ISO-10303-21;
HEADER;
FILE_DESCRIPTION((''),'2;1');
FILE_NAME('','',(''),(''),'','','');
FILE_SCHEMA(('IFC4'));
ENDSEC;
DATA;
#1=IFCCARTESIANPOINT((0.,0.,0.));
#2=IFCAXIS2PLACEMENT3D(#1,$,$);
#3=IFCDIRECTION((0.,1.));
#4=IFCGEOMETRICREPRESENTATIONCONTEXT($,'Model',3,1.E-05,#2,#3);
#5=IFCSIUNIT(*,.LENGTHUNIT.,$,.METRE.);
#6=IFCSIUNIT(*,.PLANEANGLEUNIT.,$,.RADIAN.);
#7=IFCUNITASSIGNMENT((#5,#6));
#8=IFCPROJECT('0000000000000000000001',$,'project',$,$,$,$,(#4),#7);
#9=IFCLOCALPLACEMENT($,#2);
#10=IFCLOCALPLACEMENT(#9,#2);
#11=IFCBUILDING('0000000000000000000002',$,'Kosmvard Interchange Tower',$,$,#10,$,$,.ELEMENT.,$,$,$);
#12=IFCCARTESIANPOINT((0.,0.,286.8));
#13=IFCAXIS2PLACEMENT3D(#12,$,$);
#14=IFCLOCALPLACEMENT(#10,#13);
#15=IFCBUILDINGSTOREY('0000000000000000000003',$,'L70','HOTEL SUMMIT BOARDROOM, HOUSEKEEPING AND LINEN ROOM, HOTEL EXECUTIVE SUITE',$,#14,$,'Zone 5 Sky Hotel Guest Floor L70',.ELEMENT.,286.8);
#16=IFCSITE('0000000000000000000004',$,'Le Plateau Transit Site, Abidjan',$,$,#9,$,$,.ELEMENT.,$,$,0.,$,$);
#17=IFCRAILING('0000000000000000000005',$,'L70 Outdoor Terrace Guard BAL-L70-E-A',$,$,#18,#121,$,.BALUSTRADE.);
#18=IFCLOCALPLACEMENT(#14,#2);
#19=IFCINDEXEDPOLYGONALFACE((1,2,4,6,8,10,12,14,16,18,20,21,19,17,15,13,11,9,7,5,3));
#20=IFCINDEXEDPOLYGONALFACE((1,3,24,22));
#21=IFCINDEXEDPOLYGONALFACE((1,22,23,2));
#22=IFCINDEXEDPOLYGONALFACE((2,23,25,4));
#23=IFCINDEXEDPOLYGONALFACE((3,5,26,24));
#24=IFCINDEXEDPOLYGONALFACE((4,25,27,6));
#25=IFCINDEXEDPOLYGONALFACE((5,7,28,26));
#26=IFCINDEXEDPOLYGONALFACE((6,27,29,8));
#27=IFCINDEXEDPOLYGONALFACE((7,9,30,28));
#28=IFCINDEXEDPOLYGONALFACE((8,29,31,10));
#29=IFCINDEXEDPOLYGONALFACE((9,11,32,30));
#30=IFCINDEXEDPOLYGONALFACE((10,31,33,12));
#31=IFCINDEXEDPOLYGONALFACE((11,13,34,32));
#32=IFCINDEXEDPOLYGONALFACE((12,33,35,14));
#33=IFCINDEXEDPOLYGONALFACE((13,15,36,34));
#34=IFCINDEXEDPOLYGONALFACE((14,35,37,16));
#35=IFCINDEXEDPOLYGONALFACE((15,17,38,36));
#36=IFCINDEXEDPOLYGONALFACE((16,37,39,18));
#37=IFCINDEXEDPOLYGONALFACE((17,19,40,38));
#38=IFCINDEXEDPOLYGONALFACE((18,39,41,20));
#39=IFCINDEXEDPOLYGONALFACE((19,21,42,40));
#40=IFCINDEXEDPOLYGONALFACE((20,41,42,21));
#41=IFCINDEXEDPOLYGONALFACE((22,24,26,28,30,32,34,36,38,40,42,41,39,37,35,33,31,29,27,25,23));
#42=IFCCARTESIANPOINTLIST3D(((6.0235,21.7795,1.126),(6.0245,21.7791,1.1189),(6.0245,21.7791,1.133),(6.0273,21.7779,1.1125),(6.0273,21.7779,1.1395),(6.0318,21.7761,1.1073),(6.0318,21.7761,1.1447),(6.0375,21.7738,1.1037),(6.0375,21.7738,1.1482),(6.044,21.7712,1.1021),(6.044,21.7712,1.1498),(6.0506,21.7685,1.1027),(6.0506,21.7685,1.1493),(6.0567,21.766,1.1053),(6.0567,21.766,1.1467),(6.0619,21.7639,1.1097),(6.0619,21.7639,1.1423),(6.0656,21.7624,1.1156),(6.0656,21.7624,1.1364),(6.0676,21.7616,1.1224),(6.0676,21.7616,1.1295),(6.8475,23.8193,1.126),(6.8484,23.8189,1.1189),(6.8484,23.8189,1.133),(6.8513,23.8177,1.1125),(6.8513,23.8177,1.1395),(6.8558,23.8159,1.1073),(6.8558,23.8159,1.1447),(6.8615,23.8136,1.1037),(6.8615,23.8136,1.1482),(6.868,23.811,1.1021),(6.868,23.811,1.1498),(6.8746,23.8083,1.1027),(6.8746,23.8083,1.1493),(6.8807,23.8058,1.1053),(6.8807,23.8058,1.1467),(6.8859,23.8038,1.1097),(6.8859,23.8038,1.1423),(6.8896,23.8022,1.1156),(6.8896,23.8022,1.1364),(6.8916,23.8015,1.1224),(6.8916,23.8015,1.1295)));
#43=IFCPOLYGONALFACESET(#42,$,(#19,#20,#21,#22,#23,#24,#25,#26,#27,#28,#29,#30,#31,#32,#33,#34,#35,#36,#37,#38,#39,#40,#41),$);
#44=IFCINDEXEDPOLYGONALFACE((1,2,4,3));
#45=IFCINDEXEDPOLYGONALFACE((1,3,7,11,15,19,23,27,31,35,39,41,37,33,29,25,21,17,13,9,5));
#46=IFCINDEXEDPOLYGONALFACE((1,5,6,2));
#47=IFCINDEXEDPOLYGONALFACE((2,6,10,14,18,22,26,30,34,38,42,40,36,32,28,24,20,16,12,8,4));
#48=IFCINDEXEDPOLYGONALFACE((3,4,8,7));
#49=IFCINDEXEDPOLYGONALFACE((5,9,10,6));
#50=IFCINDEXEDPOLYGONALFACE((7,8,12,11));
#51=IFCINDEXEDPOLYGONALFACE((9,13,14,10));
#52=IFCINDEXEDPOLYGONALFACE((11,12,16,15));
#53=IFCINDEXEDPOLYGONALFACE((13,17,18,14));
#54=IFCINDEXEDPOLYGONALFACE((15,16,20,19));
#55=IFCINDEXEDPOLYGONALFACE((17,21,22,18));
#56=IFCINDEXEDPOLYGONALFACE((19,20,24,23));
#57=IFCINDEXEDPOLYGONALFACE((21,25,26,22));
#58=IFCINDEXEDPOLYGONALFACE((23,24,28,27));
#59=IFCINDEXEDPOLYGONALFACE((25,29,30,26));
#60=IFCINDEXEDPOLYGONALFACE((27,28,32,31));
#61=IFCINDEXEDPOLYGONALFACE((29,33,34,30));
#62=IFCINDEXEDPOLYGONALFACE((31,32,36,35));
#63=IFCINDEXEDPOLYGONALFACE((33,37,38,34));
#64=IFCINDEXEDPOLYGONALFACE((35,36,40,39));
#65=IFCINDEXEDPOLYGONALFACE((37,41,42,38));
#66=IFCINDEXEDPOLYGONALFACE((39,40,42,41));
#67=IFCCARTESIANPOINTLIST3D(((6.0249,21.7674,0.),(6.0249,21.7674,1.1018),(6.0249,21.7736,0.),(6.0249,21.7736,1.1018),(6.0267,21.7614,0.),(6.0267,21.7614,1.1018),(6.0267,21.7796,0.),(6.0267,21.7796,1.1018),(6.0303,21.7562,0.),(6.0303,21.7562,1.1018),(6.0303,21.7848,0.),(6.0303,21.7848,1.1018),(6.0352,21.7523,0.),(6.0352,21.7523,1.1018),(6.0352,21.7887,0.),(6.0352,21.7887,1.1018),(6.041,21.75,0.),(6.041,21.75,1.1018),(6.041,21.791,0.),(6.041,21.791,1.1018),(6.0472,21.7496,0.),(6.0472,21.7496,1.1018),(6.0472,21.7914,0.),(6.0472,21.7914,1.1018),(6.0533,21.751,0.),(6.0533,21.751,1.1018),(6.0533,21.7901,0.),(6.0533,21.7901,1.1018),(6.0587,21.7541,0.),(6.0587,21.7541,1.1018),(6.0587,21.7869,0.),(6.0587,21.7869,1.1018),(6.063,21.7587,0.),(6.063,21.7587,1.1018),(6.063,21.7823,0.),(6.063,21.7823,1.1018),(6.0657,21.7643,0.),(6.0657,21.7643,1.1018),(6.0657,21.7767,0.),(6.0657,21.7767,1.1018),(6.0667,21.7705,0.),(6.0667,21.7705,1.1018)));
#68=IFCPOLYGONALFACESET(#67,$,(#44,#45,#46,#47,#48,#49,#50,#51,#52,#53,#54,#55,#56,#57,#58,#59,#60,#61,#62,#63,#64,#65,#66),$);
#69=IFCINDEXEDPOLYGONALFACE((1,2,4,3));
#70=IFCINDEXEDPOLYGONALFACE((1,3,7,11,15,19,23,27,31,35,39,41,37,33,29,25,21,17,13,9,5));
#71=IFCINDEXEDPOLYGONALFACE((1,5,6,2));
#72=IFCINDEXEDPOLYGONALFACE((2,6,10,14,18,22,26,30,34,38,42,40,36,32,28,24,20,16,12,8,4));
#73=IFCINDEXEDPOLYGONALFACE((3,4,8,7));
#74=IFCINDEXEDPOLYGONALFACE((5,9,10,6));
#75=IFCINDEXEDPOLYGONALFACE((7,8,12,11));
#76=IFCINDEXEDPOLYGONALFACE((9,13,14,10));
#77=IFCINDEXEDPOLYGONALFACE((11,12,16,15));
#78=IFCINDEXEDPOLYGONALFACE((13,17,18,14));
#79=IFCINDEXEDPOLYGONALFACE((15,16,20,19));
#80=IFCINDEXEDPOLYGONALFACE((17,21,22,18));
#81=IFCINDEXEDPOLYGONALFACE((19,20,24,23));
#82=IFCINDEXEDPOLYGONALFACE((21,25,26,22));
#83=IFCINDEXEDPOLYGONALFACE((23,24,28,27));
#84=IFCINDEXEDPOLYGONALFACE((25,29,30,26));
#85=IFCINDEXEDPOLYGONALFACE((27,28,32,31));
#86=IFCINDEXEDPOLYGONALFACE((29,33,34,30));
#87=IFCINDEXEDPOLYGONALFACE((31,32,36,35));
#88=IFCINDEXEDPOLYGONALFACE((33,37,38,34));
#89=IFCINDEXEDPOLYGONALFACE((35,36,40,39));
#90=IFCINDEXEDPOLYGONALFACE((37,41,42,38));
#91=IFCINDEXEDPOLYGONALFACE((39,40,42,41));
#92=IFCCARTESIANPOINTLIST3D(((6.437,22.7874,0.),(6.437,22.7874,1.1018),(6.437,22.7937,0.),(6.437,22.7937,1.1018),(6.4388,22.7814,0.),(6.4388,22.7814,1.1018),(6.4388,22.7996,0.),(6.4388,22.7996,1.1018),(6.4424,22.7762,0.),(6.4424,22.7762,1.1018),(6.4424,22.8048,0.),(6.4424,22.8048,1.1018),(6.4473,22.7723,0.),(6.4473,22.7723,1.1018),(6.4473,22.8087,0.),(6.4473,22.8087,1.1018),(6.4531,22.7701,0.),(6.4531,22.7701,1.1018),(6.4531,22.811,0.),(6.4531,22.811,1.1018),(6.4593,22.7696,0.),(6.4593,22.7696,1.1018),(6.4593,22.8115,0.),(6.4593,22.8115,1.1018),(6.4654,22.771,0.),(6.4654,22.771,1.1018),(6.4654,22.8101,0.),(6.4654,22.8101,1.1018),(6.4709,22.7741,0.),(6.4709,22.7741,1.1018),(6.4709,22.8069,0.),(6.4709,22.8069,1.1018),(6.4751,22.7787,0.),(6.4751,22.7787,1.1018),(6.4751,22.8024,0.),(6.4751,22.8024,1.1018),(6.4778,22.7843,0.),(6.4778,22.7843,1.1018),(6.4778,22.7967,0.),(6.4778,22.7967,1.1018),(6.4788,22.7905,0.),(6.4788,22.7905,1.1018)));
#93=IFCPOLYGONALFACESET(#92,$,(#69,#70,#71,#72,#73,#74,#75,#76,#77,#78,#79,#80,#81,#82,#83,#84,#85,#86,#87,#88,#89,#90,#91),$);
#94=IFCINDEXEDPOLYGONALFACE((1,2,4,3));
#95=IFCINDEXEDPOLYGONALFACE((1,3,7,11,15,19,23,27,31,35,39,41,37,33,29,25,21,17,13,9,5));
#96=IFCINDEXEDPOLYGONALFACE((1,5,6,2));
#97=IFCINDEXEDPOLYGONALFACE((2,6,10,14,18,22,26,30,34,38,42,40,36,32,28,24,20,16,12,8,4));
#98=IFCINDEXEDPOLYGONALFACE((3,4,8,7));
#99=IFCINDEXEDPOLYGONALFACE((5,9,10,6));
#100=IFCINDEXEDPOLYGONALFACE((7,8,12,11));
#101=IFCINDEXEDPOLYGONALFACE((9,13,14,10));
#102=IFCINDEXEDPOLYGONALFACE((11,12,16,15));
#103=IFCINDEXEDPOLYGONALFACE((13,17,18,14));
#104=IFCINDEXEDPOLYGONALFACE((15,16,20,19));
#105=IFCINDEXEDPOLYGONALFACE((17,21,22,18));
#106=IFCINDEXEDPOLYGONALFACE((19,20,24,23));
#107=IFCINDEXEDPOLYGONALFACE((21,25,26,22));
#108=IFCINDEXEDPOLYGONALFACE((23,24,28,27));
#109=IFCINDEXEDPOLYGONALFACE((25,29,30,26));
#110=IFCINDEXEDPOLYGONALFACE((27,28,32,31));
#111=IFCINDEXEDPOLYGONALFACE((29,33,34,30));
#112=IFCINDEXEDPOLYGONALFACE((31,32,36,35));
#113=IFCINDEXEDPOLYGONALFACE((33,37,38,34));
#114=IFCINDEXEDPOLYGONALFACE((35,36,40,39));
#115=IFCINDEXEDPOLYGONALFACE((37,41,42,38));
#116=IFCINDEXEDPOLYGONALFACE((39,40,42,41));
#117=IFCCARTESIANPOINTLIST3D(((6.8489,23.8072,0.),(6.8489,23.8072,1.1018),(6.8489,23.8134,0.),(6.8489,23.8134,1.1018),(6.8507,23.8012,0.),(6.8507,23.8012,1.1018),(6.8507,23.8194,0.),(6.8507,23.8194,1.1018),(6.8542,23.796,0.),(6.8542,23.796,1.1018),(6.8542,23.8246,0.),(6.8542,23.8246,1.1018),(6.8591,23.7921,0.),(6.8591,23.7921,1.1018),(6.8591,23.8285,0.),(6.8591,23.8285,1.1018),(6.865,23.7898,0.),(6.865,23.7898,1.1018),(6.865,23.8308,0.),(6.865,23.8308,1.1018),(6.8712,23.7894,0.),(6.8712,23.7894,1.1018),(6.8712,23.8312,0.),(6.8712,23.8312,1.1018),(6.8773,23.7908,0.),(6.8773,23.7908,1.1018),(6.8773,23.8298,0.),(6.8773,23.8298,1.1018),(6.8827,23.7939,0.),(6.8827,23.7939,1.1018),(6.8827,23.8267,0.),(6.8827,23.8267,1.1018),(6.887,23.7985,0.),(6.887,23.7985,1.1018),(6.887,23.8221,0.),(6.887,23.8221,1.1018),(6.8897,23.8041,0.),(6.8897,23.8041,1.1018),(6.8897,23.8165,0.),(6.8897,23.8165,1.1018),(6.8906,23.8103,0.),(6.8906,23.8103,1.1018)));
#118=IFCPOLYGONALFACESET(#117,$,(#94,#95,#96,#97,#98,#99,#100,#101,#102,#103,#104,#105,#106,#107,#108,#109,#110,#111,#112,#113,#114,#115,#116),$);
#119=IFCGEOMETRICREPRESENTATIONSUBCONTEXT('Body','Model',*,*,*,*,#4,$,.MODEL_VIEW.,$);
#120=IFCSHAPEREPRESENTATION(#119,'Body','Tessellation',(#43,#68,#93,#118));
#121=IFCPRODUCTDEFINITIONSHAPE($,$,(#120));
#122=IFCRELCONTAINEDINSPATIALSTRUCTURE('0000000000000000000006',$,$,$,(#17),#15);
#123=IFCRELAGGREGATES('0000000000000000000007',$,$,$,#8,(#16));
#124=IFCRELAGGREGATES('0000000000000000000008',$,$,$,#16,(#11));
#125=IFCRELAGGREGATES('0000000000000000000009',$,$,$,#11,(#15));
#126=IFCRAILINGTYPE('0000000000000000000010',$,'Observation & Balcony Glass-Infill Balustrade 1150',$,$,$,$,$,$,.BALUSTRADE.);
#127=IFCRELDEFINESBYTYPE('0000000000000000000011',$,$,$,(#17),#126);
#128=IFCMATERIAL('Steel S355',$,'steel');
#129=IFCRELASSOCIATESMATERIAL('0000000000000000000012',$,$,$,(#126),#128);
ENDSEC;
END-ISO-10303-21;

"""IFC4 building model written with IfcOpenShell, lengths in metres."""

from ifc_helpers import new_model, si_unit, direction, frame, origin, origin_2d, place, context, subcontext, project, spatial, circle, extrude, source, transform, mapped, material, type_object, element, save


model = new_model("IFC4")

# Units and contexts
model_context = context("Model", 3, precision=1e-05, world=origin(), true_north=direction((0.0, 1.0)))
body_context = subcontext(model_context, "Body", "Model", "MODEL_VIEW")
ifc_project = project(units=[si_unit("LENGTHUNIT", "METRE"), si_unit("PLANEANGLEUNIT", "RADIAN")], contexts=[model_context])

# Site, building, storey
site_placement = place(None, origin())
site = spatial("IfcSite", under=ifc_project, at=site_placement, Name="Le Plateau Transit Site, Abidjan", CompositionType="ELEMENT", RefElevation=0.0)
building_placement = place(site_placement, origin())
building = spatial("IfcBuilding", under=site, at=building_placement, Name="Kosmvard Interchange Tower", CompositionType="ELEMENT")
storey_placement = place(building_placement, frame((0.0, 0.0, 286.8)))
storey = spatial("IfcBuildingStorey", under=building, at=storey_placement, Name="L70", Description="HOTEL SUMMIT BOARDROOM, HOUSEKEEPING AND LINEN ROOM, HOTEL EXECUTIVE SUITE", LongName="Zone 5 Sky Hotel Guest Floor L70", CompositionType="ELEMENT", Elevation=286.8)

# Shared definitions
ifc_material_1 = material(Name="Steel S355", Category="steel")

# Railing
railing_type_1 = type_object("IfcRailingType", Name="Observation & Balcony Glass-Infill Balustrade 1150", PredefinedType="BALUSTRADE", material=ifc_material_1)
shared_shape_1 = source(origin(), body_context, "Body", "SweptSolid", [
    extrude(circle(Radius=0.0239, at=origin_2d()), frame((0.0, 0.0, 1.126), z_axis=(0.374546, 0.927208, 0.0), x_axis=(-0.927208, 0.374546, 0.0)), (0.0, 0.0, 1.0), 2.2),
    extrude(circle(Radius=0.021, at=origin_2d()), origin(), (0.0, 0.0, 1.0), 1.1018),
    extrude(circle(Radius=0.021, at=origin_2d()), frame((0.4121, 1.02, 0.0)), (0.0, 0.0, 1.0), 1.1018),
    extrude(circle(Radius=0.021, at=origin_2d()), frame((0.824, 2.0398, 0.0)), (0.0, 0.0, 1.0), 1.1018),
])
railing_1_placement = place(storey_placement, frame((6.0457, 21.7705, 0.0)))
element("IfcRailing", 1, at=railing_1_placement, inside=storey, type_object=railing_type_1, Name="L70 Outdoor Terrace Guard BAL-L70-E-A", PredefinedType="BALUSTRADE", context=body_context, shape_type="MappedRepresentation", body=[
    mapped(shared_shape_1, transform((0.0, 0.0, 0.0), scale=1.0)),
])

save(model, "model.ifc")
